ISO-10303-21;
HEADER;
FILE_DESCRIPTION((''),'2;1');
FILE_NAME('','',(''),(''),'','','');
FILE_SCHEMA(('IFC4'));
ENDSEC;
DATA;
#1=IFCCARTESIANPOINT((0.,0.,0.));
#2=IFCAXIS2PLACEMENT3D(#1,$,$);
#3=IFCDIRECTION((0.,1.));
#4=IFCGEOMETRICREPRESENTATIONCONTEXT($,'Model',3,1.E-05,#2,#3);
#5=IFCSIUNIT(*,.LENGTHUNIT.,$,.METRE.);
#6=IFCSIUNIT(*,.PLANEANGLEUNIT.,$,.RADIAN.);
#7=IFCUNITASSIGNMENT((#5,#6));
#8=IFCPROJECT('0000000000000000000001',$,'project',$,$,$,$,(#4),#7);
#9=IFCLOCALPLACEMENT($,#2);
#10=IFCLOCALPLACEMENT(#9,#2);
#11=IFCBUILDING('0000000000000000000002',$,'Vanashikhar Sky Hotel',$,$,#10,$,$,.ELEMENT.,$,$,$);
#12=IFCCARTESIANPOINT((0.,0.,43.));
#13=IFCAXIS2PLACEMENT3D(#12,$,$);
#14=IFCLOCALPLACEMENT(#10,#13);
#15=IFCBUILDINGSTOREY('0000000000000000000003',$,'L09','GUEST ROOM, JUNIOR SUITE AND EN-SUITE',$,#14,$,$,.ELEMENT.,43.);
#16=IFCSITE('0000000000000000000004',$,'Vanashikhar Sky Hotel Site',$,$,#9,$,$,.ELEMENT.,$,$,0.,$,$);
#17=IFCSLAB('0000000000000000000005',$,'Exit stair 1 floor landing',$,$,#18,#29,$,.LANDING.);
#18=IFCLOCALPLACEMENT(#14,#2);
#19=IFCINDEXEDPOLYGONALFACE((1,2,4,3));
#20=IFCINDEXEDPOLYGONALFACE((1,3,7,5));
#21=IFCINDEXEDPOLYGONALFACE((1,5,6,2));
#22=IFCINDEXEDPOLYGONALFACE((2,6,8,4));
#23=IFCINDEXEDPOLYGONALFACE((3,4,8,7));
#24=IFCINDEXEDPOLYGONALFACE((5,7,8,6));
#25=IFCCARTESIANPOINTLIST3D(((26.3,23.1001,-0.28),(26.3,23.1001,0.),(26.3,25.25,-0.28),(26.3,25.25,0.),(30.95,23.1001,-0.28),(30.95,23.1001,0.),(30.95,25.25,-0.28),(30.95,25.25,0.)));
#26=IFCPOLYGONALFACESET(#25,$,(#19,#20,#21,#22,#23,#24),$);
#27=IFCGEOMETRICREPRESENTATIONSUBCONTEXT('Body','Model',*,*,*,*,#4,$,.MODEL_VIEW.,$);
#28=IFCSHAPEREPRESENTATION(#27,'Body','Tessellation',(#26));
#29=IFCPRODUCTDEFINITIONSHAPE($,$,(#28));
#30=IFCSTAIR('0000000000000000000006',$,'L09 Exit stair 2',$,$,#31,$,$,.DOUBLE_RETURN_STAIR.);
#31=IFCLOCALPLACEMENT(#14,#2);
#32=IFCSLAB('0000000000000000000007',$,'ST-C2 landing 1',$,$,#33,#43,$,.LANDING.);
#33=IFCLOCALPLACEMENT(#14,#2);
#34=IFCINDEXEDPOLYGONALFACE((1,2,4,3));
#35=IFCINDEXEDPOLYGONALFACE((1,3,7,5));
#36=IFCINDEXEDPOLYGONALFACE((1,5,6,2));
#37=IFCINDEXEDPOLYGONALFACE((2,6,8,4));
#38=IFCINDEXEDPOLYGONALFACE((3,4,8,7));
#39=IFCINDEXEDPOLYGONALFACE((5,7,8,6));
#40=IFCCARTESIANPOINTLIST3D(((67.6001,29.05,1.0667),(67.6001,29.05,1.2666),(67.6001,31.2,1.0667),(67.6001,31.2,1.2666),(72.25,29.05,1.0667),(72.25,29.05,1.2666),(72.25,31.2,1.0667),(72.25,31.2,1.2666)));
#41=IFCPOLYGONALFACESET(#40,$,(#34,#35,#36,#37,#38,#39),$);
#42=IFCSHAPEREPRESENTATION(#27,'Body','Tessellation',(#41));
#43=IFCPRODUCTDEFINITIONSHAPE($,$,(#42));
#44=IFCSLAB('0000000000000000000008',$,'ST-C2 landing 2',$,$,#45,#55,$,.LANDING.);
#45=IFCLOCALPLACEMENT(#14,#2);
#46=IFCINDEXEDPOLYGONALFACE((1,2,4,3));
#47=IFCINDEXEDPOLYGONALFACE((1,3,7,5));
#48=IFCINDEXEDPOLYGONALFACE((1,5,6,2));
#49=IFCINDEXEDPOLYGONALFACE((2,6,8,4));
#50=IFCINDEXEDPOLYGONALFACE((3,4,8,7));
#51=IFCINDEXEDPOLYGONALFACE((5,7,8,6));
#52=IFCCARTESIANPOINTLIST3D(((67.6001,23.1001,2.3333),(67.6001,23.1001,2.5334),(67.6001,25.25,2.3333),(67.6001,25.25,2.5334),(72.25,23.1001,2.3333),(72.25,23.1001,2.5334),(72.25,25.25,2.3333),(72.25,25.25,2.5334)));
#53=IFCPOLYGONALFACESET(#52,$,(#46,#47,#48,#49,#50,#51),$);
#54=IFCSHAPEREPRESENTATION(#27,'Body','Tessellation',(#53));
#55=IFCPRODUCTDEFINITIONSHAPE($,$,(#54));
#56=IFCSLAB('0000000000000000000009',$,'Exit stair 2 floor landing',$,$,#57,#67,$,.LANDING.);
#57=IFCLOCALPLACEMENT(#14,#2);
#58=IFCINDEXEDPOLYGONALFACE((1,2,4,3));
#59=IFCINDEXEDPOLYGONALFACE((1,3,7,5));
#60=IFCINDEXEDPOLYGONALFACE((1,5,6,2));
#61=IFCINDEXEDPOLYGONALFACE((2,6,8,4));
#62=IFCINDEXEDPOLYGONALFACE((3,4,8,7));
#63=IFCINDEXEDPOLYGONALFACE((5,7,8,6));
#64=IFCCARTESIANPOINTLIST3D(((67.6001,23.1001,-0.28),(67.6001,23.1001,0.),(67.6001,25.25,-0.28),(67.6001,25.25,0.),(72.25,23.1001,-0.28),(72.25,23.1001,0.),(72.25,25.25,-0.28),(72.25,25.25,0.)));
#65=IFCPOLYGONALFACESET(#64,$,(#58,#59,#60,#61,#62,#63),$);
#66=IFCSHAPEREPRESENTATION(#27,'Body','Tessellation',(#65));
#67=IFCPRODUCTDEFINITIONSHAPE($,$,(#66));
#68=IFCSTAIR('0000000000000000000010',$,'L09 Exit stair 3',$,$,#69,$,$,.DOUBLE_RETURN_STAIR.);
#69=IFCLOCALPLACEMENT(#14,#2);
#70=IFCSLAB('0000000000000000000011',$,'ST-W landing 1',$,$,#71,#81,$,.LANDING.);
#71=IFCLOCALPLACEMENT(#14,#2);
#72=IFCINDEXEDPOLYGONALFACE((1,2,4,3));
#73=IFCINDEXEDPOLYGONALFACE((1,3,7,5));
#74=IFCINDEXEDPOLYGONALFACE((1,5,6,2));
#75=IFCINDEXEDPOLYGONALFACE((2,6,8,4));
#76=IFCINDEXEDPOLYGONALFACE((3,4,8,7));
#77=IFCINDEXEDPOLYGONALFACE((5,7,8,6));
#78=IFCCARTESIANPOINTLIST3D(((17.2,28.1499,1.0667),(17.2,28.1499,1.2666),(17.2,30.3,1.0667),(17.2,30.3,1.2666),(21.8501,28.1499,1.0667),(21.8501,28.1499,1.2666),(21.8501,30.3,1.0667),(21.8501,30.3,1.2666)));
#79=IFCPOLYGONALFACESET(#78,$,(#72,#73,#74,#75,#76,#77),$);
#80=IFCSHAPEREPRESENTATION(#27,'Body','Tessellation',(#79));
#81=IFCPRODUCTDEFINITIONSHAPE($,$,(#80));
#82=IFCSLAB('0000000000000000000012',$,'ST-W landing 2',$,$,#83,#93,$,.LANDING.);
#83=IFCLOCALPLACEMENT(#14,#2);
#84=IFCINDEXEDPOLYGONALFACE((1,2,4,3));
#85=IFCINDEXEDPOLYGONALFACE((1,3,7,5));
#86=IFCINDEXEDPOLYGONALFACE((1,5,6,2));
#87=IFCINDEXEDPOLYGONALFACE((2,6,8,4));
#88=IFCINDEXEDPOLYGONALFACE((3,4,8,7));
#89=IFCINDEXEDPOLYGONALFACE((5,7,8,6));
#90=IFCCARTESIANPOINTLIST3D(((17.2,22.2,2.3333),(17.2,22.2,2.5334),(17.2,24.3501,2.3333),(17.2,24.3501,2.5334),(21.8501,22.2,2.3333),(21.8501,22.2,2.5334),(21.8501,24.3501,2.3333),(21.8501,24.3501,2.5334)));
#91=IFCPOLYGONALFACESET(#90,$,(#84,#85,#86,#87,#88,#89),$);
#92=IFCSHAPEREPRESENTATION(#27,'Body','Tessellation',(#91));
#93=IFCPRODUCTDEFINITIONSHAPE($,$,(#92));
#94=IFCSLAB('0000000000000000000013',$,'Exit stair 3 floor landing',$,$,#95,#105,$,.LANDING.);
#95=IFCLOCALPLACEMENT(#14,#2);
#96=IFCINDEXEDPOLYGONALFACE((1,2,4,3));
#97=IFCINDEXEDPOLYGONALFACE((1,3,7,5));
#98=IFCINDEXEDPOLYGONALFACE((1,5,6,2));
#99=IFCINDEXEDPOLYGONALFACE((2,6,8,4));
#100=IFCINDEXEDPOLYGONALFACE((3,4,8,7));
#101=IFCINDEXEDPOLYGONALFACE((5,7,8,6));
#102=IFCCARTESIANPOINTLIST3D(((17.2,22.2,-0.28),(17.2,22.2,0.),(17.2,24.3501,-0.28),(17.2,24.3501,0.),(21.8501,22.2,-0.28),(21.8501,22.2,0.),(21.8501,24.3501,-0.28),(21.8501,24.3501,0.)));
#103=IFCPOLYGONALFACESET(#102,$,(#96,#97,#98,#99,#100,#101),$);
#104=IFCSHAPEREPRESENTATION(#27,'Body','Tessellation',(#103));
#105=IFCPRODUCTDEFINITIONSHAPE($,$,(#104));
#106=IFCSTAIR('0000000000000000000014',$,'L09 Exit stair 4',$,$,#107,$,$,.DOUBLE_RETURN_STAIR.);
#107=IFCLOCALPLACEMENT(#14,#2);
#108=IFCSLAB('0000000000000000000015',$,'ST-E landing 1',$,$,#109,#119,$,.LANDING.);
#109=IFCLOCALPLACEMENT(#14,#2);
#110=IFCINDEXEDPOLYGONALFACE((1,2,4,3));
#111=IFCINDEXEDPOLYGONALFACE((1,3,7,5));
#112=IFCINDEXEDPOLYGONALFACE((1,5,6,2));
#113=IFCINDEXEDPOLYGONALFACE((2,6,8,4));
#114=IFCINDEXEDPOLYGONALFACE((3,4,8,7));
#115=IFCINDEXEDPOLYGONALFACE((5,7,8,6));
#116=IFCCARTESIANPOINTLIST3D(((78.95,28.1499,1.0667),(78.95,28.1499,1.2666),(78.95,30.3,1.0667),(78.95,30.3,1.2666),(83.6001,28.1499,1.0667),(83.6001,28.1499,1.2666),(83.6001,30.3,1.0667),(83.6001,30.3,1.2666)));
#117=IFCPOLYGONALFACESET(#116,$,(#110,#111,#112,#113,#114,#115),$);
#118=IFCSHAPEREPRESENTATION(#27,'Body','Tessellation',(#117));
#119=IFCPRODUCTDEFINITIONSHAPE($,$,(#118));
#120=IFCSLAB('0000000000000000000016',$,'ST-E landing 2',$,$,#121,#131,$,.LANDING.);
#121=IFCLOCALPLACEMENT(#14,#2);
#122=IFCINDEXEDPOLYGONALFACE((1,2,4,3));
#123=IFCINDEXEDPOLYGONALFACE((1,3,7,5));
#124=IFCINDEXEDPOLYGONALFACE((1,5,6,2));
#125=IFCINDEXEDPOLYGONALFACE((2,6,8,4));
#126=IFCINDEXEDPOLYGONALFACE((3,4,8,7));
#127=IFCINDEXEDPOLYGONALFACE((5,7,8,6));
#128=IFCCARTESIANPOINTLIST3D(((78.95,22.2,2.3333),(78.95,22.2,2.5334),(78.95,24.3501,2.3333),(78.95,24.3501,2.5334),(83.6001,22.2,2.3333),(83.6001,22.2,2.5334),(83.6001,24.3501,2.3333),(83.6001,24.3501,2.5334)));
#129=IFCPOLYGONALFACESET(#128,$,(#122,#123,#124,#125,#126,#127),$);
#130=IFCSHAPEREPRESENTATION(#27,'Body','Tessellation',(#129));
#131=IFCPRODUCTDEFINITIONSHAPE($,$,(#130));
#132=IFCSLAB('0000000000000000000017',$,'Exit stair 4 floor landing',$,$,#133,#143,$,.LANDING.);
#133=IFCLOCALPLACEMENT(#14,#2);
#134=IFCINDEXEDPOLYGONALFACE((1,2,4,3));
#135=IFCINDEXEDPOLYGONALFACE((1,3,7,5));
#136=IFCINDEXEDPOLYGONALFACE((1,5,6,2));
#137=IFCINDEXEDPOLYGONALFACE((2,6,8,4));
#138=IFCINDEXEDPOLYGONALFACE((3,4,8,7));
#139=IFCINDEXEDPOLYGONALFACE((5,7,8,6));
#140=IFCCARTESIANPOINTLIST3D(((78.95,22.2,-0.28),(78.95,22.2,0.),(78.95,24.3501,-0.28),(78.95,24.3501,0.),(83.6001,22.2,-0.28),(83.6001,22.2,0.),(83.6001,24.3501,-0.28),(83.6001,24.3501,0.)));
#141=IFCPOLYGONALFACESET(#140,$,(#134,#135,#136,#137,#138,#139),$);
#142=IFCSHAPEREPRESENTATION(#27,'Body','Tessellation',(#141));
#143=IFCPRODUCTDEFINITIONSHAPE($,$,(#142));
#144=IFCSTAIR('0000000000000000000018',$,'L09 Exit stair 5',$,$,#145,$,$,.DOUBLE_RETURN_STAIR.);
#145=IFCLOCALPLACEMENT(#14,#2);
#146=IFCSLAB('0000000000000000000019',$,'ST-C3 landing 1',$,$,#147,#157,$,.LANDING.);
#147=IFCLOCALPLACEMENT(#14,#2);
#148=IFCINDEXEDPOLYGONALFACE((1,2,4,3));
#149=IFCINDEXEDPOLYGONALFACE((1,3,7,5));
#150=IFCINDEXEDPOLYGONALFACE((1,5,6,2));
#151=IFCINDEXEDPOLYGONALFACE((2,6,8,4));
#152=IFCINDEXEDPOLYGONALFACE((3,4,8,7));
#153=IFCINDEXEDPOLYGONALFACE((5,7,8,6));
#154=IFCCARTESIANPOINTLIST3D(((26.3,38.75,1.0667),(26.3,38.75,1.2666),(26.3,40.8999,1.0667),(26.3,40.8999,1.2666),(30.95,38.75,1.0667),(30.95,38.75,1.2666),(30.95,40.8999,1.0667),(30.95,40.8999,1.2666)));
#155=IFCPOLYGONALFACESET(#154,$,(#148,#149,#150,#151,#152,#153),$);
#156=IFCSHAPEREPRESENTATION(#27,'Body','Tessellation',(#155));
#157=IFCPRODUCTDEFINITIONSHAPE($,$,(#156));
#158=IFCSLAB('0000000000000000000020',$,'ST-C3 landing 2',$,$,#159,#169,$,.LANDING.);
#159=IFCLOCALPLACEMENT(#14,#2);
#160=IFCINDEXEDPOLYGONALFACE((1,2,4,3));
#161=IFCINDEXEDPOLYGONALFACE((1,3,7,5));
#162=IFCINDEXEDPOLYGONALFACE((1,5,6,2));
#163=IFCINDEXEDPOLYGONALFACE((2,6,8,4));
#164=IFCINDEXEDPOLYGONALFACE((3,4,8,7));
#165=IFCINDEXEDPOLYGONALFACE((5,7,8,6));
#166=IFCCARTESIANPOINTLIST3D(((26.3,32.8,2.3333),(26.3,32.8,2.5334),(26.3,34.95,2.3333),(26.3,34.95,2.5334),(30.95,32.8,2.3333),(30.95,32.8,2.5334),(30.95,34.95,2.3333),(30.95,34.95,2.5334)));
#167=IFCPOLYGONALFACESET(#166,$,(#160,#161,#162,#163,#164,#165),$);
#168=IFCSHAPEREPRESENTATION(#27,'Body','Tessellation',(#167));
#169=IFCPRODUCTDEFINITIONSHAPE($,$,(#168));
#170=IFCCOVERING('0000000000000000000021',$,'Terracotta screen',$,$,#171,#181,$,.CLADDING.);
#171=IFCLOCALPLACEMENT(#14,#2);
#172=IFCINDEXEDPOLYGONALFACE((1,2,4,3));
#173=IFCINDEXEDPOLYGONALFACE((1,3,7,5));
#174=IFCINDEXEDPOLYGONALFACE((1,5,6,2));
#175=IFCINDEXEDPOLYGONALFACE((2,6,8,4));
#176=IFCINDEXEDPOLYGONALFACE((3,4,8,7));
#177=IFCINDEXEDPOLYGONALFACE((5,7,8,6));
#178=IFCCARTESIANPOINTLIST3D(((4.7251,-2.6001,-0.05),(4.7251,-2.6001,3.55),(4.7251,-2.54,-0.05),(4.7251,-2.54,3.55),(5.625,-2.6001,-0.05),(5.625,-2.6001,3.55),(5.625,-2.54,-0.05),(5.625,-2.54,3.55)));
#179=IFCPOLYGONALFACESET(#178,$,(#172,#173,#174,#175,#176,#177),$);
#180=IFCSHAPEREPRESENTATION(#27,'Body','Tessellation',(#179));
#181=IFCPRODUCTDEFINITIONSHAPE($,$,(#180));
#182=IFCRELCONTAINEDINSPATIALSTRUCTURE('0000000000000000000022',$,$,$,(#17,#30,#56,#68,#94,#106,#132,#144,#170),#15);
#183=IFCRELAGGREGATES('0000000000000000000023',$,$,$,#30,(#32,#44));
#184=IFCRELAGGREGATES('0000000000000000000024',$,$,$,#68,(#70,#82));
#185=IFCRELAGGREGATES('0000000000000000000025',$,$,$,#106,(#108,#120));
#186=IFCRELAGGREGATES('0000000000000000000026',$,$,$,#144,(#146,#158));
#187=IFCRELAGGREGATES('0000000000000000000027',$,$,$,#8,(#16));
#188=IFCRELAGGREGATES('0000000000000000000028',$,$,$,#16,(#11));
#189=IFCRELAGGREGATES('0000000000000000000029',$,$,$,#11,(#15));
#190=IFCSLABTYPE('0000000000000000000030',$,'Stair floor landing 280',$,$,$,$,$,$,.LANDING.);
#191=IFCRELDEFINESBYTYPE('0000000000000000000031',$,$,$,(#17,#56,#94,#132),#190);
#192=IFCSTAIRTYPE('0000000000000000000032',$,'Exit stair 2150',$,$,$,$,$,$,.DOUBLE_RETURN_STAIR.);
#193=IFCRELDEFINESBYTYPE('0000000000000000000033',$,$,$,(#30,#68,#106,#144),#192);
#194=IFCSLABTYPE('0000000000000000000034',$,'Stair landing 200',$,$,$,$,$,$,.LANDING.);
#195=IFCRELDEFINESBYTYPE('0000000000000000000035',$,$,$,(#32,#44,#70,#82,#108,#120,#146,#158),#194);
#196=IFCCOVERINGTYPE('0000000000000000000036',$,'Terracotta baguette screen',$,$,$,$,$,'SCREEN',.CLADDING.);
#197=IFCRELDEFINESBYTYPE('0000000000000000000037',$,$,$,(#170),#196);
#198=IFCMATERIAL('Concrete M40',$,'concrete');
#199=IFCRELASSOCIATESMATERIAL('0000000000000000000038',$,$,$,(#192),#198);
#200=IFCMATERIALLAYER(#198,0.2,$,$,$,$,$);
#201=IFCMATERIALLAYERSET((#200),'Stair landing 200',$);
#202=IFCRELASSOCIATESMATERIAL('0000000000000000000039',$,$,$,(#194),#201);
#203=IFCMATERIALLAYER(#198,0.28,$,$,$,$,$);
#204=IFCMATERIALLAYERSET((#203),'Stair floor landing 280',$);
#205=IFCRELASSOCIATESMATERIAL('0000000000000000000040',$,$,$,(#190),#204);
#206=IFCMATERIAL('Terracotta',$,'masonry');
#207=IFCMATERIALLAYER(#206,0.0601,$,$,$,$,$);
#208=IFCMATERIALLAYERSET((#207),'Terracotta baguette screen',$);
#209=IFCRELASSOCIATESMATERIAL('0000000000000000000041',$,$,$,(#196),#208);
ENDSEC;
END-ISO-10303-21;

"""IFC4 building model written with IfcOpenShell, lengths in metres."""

from ifc_helpers import new_model, si_unit, direction, frame, origin, origin_2d, place, context, subcontext, project, spatial, polyline, rectangle, outline, extrude, source, transform, mapped, material, layer, layer_set, type_object, element, aggregate, save


model = new_model("IFC4")

# Units and contexts
model_context = context("Model", 3, precision=1e-05, world=origin(), true_north=direction((0.0, 1.0)))
body_context = subcontext(model_context, "Body", "Model", "MODEL_VIEW")
ifc_project = project(units=[si_unit("LENGTHUNIT", "METRE"), si_unit("PLANEANGLEUNIT", "RADIAN")], contexts=[model_context])

# Site, building, storey
site_placement = place(None, origin())
site = spatial("IfcSite", under=ifc_project, at=site_placement, Name="Vanashikhar Sky Hotel Site", CompositionType="ELEMENT", RefElevation=0.0)
building_placement = place(site_placement, origin())
building = spatial("IfcBuilding", under=site, at=building_placement, Name="Vanashikhar Sky Hotel", CompositionType="ELEMENT")
storey_placement = place(building_placement, frame((0.0, 0.0, 43.0)))
storey = spatial("IfcBuildingStorey", under=building, at=storey_placement, Name="L09", Description="GUEST ROOM, JUNIOR SUITE AND EN-SUITE", CompositionType="ELEMENT", Elevation=43.0)

# Shared definitions
ifc_material_1 = material(Name="Concrete M40", Category="concrete")

# Shared definitions
stair_type = type_object("IfcStairType", Name="Exit stair 2150", PredefinedType="DOUBLE_RETURN_STAIR", material=ifc_material_1)
ifc_layer_1 = layer(ifc_material_1, 0.2)
ifc_layer_set_1 = layer_set([ifc_layer_1], Name="Stair landing 200")
slab_type_1 = type_object("IfcSlabType", Name="Stair landing 200", PredefinedType="LANDING", material=ifc_layer_set_1)

# Slab
ifc_layer_2 = layer(ifc_material_1, 0.28)
ifc_layer_set_2 = layer_set([ifc_layer_2], Name="Stair floor landing 280")
slab_type_2 = type_object("IfcSlabType", Name="Stair floor landing 280", PredefinedType="LANDING", material=ifc_layer_set_2)
shared_shape_1 = source(origin(), body_context, "Body", "SweptSolid", [
    extrude(outline(polyline([(30.95, 23.1001), (30.95, 25.25), (26.3, 25.25), (26.3, 23.1001), (30.95, 23.1001)])), origin(), (0.0, 0.0, 1.0), 0.28),
])
slab_1_placement = place(storey_placement, frame((0.0, 0.0, -0.28)))
element("IfcSlab", 1, at=slab_1_placement, inside=storey, type_object=slab_type_2, Name="Exit stair 1 floor landing", PredefinedType="LANDING", context=body_context, shape_type="MappedRepresentation", body=[
    mapped(shared_shape_1, transform((0.0, 0.0, 0.0), scale=1.0)),
])

# Stair, slabs
stair_1_placement = place(storey_placement, origin())
stair_1 = element("IfcStair", 2, at=stair_1_placement, inside=storey, type_object=stair_type, Name="L09 Exit stair 2", PredefinedType="DOUBLE_RETURN_STAIR")
shared_shape_2 = source(origin(), body_context, "Body", "SweptSolid", [
    extrude(outline(polyline([(72.25, 29.05), (72.25, 31.2), (67.6001, 31.2), (67.6001, 29.05), (72.25, 29.05)])), origin(), (0.0, 0.0, 1.0), 0.2),
])
slab_2_placement = place(storey_placement, frame((0.0, 0.0, 1.0667)))
slab_2 = element("IfcSlab", 3, at=slab_2_placement, type_object=slab_type_1, Name="ST-C2 landing 1", PredefinedType="LANDING", context=body_context, shape_type="MappedRepresentation", body=[
    mapped(shared_shape_2, transform((0.0, 0.0, 0.0), scale=1.0)),
])
shared_shape_3 = source(origin(), body_context, "Body", "SweptSolid", [
    extrude(outline(polyline([(72.25, 23.1001), (72.25, 25.25), (67.6001, 25.25), (67.6001, 23.1001), (72.25, 23.1001)])), origin(), (0.0, 0.0, 1.0), 0.2002),
])
slab_3_placement = place(storey_placement, frame((0.0, 0.0, 2.3333)))
slab_3 = element("IfcSlab", 4, at=slab_3_placement, type_object=slab_type_1, Name="ST-C2 landing 2", PredefinedType="LANDING", context=body_context, shape_type="MappedRepresentation", body=[
    mapped(shared_shape_3, transform((0.0, 0.0, 0.0), scale=1.0)),
])
aggregate(stair_1, [slab_2, slab_3])

# Slab
shared_shape_4 = source(origin(), body_context, "Body", "SweptSolid", [
    extrude(outline(polyline([(72.25, 23.1001), (72.25, 25.25), (67.6001, 25.25), (67.6001, 23.1001), (72.25, 23.1001)])), origin(), (0.0, 0.0, 1.0), 0.28),
])
slab_4_placement = place(storey_placement, frame((0.0, 0.0, -0.28)))
element("IfcSlab", 5, at=slab_4_placement, inside=storey, type_object=slab_type_2, Name="Exit stair 2 floor landing", PredefinedType="LANDING", context=body_context, shape_type="MappedRepresentation", body=[
    mapped(shared_shape_4, transform((0.0, 0.0, 0.0), scale=1.0)),
])

# Stair, slabs
stair_2_placement = place(storey_placement, origin())
stair_2 = element("IfcStair", 6, at=stair_2_placement, inside=storey, type_object=stair_type, Name="L09 Exit stair 3", PredefinedType="DOUBLE_RETURN_STAIR")
shared_shape_5 = source(origin(), body_context, "Body", "SweptSolid", [
    extrude(outline(polyline([(21.8501, 28.1499), (21.8501, 30.3), (17.2, 30.3), (17.2, 28.1499), (21.8501, 28.1499)])), origin(), (0.0, 0.0, 1.0), 0.2),
])
slab_5_placement = place(storey_placement, frame((0.0, 0.0, 1.0667)))
slab_5 = element("IfcSlab", 7, at=slab_5_placement, type_object=slab_type_1, Name="ST-W landing 1", PredefinedType="LANDING", context=body_context, shape_type="MappedRepresentation", body=[
    mapped(shared_shape_5, transform((0.0, 0.0, 0.0), scale=1.0)),
])
shared_shape_6 = source(origin(), body_context, "Body", "SweptSolid", [
    extrude(outline(polyline([(21.8501, 22.2), (21.8501, 24.3501), (17.2, 24.3501), (17.2, 22.2), (21.8501, 22.2)])), origin(), (0.0, 0.0, 1.0), 0.2002),
])
slab_6_placement = place(storey_placement, frame((0.0, 0.0, 2.3333)))
slab_6 = element("IfcSlab", 8, at=slab_6_placement, type_object=slab_type_1, Name="ST-W landing 2", PredefinedType="LANDING", context=body_context, shape_type="MappedRepresentation", body=[
    mapped(shared_shape_6, transform((0.0, 0.0, 0.0), scale=1.0)),
])
aggregate(stair_2, [slab_5, slab_6])

# Slab
shared_shape_7 = source(origin(), body_context, "Body", "SweptSolid", [
    extrude(outline(polyline([(21.8501, 22.2), (21.8501, 24.3501), (17.2, 24.3501), (17.2, 22.2), (21.8501, 22.2)])), origin(), (0.0, 0.0, 1.0), 0.28),
])
slab_7_placement = place(storey_placement, frame((0.0, 0.0, -0.28)))
element("IfcSlab", 9, at=slab_7_placement, inside=storey, type_object=slab_type_2, Name="Exit stair 3 floor landing", PredefinedType="LANDING", context=body_context, shape_type="MappedRepresentation", body=[
    mapped(shared_shape_7, transform((0.0, 0.0, 0.0), scale=1.0)),
])

# Stair, slabs
stair_3_placement = place(storey_placement, origin())
stair_3 = element("IfcStair", 10, at=stair_3_placement, inside=storey, type_object=stair_type, Name="L09 Exit stair 4", PredefinedType="DOUBLE_RETURN_STAIR")
shared_shape_8 = source(origin(), body_context, "Body", "SweptSolid", [
    extrude(outline(polyline([(83.6001, 28.1499), (83.6001, 30.3), (78.95, 30.3), (78.95, 28.1499), (83.6001, 28.1499)])), origin(), (0.0, 0.0, 1.0), 0.2),
])
slab_8_placement = place(storey_placement, frame((0.0, 0.0, 1.0667)))
slab_8 = element("IfcSlab", 11, at=slab_8_placement, type_object=slab_type_1, Name="ST-E landing 1", PredefinedType="LANDING", context=body_context, shape_type="MappedRepresentation", body=[
    mapped(shared_shape_8, transform((0.0, 0.0, 0.0), scale=1.0)),
])
shared_shape_9 = source(origin(), body_context, "Body", "SweptSolid", [
    extrude(outline(polyline([(83.6001, 22.2), (83.6001, 24.3501), (78.95, 24.3501), (78.95, 22.2), (83.6001, 22.2)])), origin(), (0.0, 0.0, 1.0), 0.2002),
])
slab_9_placement = place(storey_placement, frame((0.0, 0.0, 2.3333)))
slab_9 = element("IfcSlab", 12, at=slab_9_placement, type_object=slab_type_1, Name="ST-E landing 2", PredefinedType="LANDING", context=body_context, shape_type="MappedRepresentation", body=[
    mapped(shared_shape_9, transform((0.0, 0.0, 0.0), scale=1.0)),
])
aggregate(stair_3, [slab_8, slab_9])

# Slab
shared_shape_10 = source(origin(), body_context, "Body", "SweptSolid", [
    extrude(outline(polyline([(83.6001, 22.2), (83.6001, 24.3501), (78.95, 24.3501), (78.95, 22.2), (83.6001, 22.2)])), origin(), (0.0, 0.0, 1.0), 0.28),
])
slab_10_placement = place(storey_placement, frame((0.0, 0.0, -0.28)))
element("IfcSlab", 13, at=slab_10_placement, inside=storey, type_object=slab_type_2, Name="Exit stair 4 floor landing", PredefinedType="LANDING", context=body_context, shape_type="MappedRepresentation", body=[
    mapped(shared_shape_10, transform((0.0, 0.0, 0.0), scale=1.0)),
])

# Stair, slabs
stair_4_placement = place(storey_placement, origin())
stair_4 = element("IfcStair", 14, at=stair_4_placement, inside=storey, type_object=stair_type, Name="L09 Exit stair 5", PredefinedType="DOUBLE_RETURN_STAIR")
shared_shape_11 = source(origin(), body_context, "Body", "SweptSolid", [
    extrude(outline(polyline([(30.95, 38.75), (30.95, 40.8999), (26.3, 40.8999), (26.3, 38.75), (30.95, 38.75)])), origin(), (0.0, 0.0, 1.0), 0.2),
])
slab_11_placement = place(storey_placement, frame((0.0, 0.0, 1.0667)))
slab_11 = element("IfcSlab", 15, at=slab_11_placement, type_object=slab_type_1, Name="ST-C3 landing 1", PredefinedType="LANDING", context=body_context, shape_type="MappedRepresentation", body=[
    mapped(shared_shape_11, transform((0.0, 0.0, 0.0), scale=1.0)),
])
shared_shape_12 = source(origin(), body_context, "Body", "SweptSolid", [
    extrude(outline(polyline([(30.95, 32.8), (30.95, 34.95), (26.3, 34.95), (26.3, 32.8), (30.95, 32.8)])), origin(), (0.0, 0.0, 1.0), 0.2002),
])
slab_12_placement = place(storey_placement, frame((0.0, 0.0, 2.3333)))
slab_12 = element("IfcSlab", 16, at=slab_12_placement, type_object=slab_type_1, Name="ST-C3 landing 2", PredefinedType="LANDING", context=body_context, shape_type="MappedRepresentation", body=[
    mapped(shared_shape_12, transform((0.0, 0.0, 0.0), scale=1.0)),
])
aggregate(stair_4, [slab_11, slab_12])

# Covering
ifc_material_2 = material(Name="Terracotta", Category="masonry")
ifc_layer_3 = layer(ifc_material_2, 0.0601)
ifc_layer_set_3 = layer_set([ifc_layer_3], Name="Terracotta baguette screen")
covering_type = type_object("IfcCoveringType", Name="Terracotta baguette screen", ElementType="SCREEN", PredefinedType="CLADDING", material=ifc_layer_set_3)
shared_shape_13 = source(origin(), body_context, "Body", "SweptSolid", [
    extrude(rectangle(XDim=0.8999, YDim=0.0601, at=origin_2d()), origin(), (0.0, 0.0, 1.0), 3.6001),
])
for number, where, z_axis, x_axis, name in (
    (17, (5.175, -2.5701, -0.05), (0.0, 0.0, 1.0), (1.0, 0.0, 0.0), "Terracotta screen"),
):
    element("IfcCovering", number, at=place(storey_placement, frame(where, z_axis=z_axis, x_axis=x_axis)), inside=storey, type_object=covering_type, Name=name, PredefinedType="CLADDING", context=body_context, shape_type="MappedRepresentation", body=[
        mapped(shared_shape_13, transform((0.0, 0.0, 0.0), scale=1.0)),
    ])

save(model, "model.ifc")
